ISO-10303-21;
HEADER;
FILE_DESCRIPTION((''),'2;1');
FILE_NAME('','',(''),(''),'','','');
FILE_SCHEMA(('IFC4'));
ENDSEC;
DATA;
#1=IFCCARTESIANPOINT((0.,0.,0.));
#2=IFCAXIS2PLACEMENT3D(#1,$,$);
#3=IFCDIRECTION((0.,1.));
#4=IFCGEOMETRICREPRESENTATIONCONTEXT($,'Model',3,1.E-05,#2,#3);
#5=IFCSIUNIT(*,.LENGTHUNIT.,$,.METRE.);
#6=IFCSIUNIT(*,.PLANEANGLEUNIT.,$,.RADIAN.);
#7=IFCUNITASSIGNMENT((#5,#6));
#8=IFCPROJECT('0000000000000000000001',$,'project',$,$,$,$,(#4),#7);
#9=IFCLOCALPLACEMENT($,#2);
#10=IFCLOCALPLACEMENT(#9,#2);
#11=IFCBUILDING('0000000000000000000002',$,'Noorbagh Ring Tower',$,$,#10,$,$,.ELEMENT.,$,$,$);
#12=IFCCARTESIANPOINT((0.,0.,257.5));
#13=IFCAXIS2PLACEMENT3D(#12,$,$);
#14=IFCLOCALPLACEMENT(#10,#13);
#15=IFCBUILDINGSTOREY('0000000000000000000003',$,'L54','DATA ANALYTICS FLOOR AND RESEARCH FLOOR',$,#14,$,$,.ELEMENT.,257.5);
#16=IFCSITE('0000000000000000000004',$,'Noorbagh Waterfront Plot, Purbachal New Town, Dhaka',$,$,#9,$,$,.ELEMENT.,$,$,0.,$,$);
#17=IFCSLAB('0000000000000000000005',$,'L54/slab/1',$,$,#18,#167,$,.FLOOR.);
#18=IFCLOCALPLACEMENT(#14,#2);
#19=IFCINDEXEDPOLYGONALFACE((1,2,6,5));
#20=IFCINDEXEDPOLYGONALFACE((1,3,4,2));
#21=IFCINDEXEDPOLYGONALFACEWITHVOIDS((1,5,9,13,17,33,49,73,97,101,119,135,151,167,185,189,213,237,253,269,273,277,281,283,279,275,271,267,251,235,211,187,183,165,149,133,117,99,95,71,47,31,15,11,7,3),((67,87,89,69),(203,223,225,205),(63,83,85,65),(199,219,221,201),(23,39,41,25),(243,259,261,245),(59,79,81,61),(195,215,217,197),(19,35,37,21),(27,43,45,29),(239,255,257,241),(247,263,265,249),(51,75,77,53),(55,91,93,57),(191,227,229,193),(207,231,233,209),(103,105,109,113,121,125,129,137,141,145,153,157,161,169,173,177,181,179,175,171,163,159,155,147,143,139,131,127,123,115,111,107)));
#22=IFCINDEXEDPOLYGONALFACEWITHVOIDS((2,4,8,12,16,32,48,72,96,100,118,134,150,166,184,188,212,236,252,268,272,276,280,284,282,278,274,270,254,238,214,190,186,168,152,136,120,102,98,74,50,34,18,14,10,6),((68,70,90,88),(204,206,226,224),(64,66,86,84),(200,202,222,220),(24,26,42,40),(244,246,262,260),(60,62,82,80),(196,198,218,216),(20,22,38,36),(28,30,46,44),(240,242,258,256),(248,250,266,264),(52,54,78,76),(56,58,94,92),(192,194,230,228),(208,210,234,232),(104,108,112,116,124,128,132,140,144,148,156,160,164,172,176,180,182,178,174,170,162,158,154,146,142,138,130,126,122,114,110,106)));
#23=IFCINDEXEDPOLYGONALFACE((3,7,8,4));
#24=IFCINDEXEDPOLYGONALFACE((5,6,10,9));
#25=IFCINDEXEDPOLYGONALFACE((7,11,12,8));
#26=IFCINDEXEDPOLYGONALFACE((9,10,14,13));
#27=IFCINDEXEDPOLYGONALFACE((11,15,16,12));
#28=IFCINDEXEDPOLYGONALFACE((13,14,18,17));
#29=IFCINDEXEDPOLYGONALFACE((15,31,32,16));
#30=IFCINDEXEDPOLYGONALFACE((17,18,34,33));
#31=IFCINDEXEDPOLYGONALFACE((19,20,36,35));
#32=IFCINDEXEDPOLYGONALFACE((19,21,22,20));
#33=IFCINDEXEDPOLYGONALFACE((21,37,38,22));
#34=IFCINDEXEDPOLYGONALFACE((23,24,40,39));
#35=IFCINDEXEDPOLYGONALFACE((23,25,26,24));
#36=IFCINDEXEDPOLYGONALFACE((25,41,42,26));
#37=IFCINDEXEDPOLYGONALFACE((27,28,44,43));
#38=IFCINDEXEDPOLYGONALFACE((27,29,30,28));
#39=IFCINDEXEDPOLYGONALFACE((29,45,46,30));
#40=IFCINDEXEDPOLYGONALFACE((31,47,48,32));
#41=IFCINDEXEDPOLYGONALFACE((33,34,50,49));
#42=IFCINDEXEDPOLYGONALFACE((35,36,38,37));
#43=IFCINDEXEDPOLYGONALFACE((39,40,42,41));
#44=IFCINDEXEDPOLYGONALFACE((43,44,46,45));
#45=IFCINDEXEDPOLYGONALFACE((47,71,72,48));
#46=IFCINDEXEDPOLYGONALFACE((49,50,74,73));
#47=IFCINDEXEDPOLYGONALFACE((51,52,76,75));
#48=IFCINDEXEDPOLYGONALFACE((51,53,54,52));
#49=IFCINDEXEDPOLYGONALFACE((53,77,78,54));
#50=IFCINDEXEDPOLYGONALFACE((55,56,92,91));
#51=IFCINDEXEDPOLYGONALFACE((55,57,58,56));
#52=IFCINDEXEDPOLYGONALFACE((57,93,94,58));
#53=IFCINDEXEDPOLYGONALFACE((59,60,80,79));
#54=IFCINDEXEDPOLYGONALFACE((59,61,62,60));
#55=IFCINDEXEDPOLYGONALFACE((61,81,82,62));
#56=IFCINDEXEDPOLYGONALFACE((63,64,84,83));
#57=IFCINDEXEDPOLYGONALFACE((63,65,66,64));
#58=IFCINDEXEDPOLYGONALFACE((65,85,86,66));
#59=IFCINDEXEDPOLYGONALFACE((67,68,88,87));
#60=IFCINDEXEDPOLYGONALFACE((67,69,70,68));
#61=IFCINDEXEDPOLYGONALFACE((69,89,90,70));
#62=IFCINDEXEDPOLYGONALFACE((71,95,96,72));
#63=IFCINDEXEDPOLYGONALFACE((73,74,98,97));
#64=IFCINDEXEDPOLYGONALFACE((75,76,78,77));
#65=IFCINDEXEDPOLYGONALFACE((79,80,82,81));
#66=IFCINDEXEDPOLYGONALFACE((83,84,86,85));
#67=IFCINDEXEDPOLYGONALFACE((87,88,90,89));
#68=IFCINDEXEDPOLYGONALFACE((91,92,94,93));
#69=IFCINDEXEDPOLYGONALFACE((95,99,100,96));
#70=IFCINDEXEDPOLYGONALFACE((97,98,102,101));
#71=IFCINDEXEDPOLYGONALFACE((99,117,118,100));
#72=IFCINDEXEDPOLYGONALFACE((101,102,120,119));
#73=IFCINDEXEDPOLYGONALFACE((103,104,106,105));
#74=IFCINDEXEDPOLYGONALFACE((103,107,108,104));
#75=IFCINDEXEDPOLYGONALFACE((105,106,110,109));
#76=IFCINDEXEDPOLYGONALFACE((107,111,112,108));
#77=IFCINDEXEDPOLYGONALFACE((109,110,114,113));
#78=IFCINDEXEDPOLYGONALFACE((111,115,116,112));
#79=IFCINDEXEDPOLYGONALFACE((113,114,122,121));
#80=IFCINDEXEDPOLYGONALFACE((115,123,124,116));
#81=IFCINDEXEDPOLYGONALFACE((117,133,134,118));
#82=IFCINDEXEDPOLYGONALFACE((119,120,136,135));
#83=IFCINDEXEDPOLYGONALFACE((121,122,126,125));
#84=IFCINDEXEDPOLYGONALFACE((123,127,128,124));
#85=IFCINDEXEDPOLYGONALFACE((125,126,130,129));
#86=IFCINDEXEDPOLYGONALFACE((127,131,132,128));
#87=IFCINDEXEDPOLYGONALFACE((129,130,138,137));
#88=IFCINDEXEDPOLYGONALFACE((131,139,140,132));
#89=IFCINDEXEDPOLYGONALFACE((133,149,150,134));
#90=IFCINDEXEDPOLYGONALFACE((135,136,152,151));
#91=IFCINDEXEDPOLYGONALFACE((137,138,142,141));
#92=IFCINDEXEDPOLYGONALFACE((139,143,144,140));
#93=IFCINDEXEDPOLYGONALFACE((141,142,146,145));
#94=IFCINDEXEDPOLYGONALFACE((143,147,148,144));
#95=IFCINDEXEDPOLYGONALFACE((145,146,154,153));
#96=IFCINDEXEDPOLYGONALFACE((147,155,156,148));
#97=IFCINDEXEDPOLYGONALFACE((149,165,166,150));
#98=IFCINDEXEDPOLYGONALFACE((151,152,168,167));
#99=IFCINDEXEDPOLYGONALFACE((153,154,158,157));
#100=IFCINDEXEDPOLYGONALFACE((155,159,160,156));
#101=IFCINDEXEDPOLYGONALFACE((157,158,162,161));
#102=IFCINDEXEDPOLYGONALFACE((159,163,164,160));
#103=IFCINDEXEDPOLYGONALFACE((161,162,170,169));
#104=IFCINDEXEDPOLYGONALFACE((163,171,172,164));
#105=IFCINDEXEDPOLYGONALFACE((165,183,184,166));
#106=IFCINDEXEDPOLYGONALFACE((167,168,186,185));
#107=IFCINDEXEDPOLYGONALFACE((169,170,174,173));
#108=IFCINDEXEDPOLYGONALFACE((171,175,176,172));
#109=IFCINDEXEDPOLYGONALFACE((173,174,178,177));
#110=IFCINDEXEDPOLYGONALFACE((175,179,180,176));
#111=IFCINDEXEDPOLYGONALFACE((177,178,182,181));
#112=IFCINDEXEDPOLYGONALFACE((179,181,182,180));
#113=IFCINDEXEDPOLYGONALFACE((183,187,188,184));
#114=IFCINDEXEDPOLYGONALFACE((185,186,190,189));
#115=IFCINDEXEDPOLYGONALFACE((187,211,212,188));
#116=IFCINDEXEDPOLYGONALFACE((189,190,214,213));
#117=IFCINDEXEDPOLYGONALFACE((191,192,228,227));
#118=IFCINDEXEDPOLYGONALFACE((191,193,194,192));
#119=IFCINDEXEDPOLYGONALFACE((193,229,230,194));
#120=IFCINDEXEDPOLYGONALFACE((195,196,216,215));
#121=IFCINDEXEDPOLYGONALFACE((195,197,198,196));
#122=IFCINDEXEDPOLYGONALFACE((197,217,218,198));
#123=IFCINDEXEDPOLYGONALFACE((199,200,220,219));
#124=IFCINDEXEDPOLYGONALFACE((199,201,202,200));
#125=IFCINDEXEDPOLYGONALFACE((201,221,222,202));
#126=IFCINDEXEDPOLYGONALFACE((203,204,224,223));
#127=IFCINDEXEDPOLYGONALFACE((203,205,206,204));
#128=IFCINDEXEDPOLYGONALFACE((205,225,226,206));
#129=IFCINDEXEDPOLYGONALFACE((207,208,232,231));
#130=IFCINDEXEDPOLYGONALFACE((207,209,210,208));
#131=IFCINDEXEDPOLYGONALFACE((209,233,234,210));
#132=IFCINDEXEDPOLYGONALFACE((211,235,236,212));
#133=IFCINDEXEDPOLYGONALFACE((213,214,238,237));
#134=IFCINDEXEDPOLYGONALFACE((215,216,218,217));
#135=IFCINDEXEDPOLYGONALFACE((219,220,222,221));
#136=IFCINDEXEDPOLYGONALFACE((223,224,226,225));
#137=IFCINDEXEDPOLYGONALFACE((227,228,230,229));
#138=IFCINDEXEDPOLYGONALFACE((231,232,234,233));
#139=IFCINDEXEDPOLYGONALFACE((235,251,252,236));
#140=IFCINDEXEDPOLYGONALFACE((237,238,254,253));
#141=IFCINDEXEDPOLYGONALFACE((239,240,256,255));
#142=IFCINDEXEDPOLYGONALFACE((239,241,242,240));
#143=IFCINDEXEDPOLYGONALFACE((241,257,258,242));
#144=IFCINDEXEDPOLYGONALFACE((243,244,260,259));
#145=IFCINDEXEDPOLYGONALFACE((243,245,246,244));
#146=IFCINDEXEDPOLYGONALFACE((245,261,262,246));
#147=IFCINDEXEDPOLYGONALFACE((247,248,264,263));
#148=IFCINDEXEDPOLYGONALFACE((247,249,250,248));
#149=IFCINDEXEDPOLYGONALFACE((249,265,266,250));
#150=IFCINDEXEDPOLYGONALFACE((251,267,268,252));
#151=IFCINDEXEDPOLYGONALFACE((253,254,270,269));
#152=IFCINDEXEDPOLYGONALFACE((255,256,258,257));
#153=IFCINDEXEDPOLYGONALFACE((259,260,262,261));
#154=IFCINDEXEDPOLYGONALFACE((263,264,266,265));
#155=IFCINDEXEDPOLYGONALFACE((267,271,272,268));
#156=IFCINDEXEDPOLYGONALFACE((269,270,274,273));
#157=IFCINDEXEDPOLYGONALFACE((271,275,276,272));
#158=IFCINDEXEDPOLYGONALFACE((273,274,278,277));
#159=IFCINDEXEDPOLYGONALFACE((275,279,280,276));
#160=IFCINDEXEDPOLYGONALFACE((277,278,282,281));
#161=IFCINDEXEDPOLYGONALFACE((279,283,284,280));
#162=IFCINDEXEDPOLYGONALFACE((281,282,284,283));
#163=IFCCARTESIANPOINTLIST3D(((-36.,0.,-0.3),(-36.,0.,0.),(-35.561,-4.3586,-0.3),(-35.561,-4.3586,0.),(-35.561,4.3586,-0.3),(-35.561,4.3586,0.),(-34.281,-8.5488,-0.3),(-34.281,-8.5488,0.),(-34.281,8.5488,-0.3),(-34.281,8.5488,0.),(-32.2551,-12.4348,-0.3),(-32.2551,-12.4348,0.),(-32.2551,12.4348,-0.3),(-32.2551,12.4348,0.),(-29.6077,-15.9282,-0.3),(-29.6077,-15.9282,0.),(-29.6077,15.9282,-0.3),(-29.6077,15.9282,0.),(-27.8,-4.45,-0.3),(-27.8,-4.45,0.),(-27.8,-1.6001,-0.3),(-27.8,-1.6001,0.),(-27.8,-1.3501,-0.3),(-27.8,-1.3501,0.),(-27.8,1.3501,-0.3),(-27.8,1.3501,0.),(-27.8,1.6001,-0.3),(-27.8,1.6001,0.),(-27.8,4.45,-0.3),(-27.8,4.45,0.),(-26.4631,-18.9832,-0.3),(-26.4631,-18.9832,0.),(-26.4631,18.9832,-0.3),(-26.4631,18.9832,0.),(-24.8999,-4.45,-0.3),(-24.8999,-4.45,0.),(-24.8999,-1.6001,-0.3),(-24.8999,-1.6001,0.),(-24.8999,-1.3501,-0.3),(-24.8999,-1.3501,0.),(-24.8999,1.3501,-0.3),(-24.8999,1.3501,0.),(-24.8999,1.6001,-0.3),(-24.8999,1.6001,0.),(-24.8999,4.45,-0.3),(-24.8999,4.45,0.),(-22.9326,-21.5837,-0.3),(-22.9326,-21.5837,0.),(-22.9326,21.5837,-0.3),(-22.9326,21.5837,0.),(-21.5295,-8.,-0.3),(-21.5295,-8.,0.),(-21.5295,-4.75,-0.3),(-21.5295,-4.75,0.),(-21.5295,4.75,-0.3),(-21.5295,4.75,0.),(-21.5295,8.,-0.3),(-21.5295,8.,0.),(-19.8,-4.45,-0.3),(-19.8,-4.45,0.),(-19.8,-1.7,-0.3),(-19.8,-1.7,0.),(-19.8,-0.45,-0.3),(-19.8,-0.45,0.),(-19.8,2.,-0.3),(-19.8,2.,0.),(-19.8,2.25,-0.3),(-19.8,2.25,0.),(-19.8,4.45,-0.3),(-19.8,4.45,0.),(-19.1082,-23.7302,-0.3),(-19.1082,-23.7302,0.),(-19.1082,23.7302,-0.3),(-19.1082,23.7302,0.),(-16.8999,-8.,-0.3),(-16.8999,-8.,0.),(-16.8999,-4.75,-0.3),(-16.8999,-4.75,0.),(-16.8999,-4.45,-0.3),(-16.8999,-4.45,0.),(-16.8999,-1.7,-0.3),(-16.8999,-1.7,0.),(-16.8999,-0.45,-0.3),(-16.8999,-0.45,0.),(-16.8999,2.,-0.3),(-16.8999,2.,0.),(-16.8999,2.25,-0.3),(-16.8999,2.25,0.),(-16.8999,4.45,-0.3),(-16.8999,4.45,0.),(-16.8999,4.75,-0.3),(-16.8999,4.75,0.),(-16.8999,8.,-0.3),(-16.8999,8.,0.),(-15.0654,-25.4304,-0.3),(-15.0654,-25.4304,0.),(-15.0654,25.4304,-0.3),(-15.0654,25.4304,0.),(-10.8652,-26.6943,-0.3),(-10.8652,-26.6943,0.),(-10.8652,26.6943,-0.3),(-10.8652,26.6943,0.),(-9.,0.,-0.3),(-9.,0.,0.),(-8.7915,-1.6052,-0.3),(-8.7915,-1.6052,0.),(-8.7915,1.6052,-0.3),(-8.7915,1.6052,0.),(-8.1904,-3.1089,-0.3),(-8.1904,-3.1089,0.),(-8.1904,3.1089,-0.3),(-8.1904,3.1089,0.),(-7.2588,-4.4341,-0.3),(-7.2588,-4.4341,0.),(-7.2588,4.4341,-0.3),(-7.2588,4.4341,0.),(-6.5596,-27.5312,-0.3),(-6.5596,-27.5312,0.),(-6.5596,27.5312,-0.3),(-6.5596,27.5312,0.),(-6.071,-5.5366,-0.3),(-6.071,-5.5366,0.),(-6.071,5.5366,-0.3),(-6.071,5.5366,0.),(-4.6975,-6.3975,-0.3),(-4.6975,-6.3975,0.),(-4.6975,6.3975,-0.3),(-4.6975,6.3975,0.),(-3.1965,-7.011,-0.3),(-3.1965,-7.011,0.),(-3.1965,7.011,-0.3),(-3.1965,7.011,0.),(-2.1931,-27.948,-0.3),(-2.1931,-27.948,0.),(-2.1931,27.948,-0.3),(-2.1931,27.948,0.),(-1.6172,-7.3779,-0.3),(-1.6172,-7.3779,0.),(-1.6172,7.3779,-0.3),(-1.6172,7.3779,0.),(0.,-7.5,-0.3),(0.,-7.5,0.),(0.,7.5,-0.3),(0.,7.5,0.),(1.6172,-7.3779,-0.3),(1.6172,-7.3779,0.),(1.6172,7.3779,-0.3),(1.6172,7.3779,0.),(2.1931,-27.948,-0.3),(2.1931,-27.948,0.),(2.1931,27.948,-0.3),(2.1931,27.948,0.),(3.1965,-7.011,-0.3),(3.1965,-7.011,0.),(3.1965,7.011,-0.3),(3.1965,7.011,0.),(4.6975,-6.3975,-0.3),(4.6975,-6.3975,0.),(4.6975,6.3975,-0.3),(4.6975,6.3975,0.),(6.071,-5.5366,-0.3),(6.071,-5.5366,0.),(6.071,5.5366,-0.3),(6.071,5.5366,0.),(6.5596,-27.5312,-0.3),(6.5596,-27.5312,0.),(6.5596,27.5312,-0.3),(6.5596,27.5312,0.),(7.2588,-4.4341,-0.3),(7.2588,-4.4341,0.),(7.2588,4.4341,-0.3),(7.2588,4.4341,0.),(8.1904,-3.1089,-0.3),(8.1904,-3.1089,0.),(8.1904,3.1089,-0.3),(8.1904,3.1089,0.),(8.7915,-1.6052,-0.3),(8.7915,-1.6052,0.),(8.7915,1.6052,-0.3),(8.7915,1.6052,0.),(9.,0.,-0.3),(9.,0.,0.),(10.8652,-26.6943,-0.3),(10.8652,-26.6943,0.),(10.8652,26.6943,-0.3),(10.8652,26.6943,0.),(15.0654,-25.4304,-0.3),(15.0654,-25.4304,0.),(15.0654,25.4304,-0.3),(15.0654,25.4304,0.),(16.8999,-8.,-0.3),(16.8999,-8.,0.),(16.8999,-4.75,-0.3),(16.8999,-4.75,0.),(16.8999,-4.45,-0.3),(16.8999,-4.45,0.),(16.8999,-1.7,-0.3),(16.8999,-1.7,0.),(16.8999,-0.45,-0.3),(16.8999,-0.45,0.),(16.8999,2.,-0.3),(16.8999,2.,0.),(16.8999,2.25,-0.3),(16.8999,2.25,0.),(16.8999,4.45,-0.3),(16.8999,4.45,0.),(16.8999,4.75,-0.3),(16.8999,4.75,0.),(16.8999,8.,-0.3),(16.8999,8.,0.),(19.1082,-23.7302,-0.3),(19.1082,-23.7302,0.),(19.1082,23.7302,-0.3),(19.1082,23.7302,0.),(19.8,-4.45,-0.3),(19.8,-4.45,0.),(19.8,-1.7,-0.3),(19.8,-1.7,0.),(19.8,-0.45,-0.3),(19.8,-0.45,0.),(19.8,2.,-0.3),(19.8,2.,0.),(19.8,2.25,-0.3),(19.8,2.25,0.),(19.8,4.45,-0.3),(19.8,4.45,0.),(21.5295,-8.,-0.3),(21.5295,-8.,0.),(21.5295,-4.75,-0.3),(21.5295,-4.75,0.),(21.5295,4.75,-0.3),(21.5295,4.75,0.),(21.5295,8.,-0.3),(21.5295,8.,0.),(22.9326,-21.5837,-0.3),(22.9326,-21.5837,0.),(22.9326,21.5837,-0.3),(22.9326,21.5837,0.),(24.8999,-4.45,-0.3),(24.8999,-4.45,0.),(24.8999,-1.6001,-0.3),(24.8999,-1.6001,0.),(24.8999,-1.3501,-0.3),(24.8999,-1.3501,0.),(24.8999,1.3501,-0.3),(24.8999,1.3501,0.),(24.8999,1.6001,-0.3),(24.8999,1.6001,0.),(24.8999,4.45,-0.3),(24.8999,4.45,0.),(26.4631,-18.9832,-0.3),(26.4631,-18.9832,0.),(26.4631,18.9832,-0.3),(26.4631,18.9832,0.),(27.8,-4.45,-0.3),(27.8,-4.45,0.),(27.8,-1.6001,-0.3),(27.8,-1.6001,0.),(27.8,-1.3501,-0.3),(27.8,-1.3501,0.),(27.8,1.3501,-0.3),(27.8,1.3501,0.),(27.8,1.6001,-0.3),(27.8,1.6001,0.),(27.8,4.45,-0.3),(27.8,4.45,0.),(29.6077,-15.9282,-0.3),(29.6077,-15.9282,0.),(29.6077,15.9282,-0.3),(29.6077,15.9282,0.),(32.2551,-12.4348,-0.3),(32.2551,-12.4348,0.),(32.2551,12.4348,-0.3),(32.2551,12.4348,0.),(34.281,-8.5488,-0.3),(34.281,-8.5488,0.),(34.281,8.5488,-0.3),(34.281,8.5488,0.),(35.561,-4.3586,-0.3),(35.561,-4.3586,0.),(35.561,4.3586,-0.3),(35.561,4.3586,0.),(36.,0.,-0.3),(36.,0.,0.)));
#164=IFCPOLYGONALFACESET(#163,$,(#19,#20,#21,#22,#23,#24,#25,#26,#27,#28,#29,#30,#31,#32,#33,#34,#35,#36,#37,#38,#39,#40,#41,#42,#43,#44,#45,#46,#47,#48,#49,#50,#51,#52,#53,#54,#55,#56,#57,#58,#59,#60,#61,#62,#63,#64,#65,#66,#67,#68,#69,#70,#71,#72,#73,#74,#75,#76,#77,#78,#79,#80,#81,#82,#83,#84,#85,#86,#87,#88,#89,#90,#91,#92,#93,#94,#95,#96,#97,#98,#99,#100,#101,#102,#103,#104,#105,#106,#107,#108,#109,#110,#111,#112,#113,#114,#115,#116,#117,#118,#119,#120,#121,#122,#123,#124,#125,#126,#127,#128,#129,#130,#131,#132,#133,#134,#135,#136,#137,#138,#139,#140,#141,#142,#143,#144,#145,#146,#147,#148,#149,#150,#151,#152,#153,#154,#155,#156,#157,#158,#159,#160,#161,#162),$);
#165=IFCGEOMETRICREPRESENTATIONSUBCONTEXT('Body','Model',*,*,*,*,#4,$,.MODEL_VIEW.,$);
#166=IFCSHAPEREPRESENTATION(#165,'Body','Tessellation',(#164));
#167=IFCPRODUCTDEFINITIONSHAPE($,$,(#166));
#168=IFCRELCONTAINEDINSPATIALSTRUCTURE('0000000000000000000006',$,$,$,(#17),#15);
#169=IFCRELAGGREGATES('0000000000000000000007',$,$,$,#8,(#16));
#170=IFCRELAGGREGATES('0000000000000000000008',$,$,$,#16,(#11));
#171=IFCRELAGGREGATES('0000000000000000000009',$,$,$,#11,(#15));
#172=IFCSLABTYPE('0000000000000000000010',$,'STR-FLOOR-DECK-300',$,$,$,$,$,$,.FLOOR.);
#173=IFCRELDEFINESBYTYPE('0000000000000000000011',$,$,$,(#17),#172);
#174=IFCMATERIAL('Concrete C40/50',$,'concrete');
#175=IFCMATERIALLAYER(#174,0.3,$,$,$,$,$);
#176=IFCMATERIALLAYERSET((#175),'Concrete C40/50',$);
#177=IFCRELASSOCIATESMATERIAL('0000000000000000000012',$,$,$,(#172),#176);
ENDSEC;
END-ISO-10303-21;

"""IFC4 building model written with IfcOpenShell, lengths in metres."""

from ifc_helpers import new_model, si_unit, direction, frame, origin, place, context, subcontext, project, spatial, polyline, outline, extrude, material, layer, layer_set, type_object, element, save


model = new_model("IFC4")

# Units and contexts
model_context = context("Model", 3, precision=1e-05, world=origin(), true_north=direction((0.0, 1.0)))
body_context = subcontext(model_context, "Body", "Model", "MODEL_VIEW")
ifc_project = project(units=[si_unit("LENGTHUNIT", "METRE"), si_unit("PLANEANGLEUNIT", "RADIAN")], contexts=[model_context])

# Site, building, storey
site_placement = place(None, origin())
site = spatial("IfcSite", under=ifc_project, at=site_placement, Name="Noorbagh Waterfront Plot, Purbachal New Town, Dhaka", CompositionType="ELEMENT", RefElevation=0.0)
building_placement = place(site_placement, origin())
building = spatial("IfcBuilding", under=site, at=building_placement, Name="Noorbagh Ring Tower", CompositionType="ELEMENT")
storey_placement = place(building_placement, frame((0.0, 0.0, 257.5)))
storey = spatial("IfcBuildingStorey", under=building, at=storey_placement, Name="L54", Description="DATA ANALYTICS FLOOR AND RESEARCH FLOOR", CompositionType="ELEMENT", Elevation=257.5)

# Slab
ifc_material_1 = material(Name="Concrete C40/50", Category="concrete")
ifc_layer_1 = layer(ifc_material_1, 0.3)
ifc_layer_set_1 = layer_set([ifc_layer_1], Name="Concrete C40/50")
slab_type_1 = type_object("IfcSlabType", Name="STR-FLOOR-DECK-300", PredefinedType="FLOOR", material=ifc_layer_set_1)
slab_1_placement = place(storey_placement, frame((0.0, 0.0, -0.3)))
element("IfcSlab", 1, at=slab_1_placement, inside=storey, type_object=slab_type_1, Name="L54/slab/1", PredefinedType="FLOOR", context=body_context, shape_type="SweptSolid", body=[
    extrude(outline(polyline([(36.0, 0.0), (35.561, 4.3586), (34.281, 8.5488), (32.2551, 12.4348), (29.6077, 15.9282), (26.4631, 18.9832), (22.9326, 21.5837), (19.1082, 23.7302), (15.0654, 25.4304), (10.8652, 26.6943), (6.5596, 27.5312), (2.1931, 27.948), (-2.1931, 27.948), (-6.5596, 27.5312), (-10.8652, 26.6943), (-15.0654, 25.4304), (-19.1082, 23.7302), (-22.9326, 21.5837), (-26.4631, 18.9832), (-29.6077, 15.9282), (-32.2551, 12.4348), (-34.281, 8.5488), (-35.561, 4.3586), (-36.0, 0.0), (-35.561, -4.3586), (-34.281, -8.5488), (-32.2551, -12.4348), (-29.6077, -15.9282), (-26.4631, -18.9832), (-22.9326, -21.5837), (-19.1082, -23.7302), (-15.0654, -25.4304), (-10.8652, -26.6943), (-6.5596, -27.5312), (-2.1931, -27.948), (2.1931, -27.948), (6.5596, -27.5312), (10.8652, -26.6943), (15.0654, -25.4304), (19.1082, -23.7302), (22.9326, -21.5837), (26.4631, -18.9832), (29.6077, -15.9282), (32.2551, -12.4348), (34.281, -8.5488), (35.561, -4.3586), (36.0, 0.0)]), holes=[polyline([(24.8999, 4.45), (27.8, 4.45), (27.8, 1.6001), (24.8999, 1.6001), (24.8999, 4.45)]), polyline([(24.8999, 1.3501), (27.8, 1.3501), (27.8, -1.3501), (24.8999, -1.3501), (24.8999, 1.3501)]), polyline([(24.8999, -1.6001), (27.8, -1.6001), (27.8, -4.45), (24.8999, -4.45), (24.8999, -1.6001)]), polyline([(21.5295, -8.0), (16.8999, -8.0), (16.8999, -4.75), (21.5295, -4.75), (21.5295, -8.0)]), polyline([(16.8999, 4.75), (16.8999, 8.0), (21.5295, 8.0), (21.5295, 4.75), (16.8999, 4.75)]), polyline([(19.8, 4.45), (19.8, 2.25), (16.8999, 2.25), (16.8999, 4.45), (19.8, 4.45)]), polyline([(16.8999, 2.0), (19.8, 2.0), (19.8, -0.45), (16.8999, -0.45), (16.8999, 2.0)]), polyline([(16.8999, -1.7), (19.8, -1.7), (19.8, -4.45), (16.8999, -4.45), (16.8999, -1.7)]), polyline([(4.6975, -6.3975), (3.1965, -7.011), (1.6172, -7.3779), (0.0, -7.5), (-1.6172, -7.3779), (-3.1965, -7.011), (-4.6975, -6.3975), (-6.071, -5.5366), (-7.2588, -4.4341), (-8.1904, -3.1089), (-8.7915, -1.6052), (-9.0, 0.0), (-8.7915, 1.6052), (-8.1904, 3.1089), (-7.2588, 4.4341), (-6.071, 5.5366), (-4.6975, 6.3975), (-3.1965, 7.011), (-1.6172, 7.3779), (0.0, 7.5), (1.6172, 7.3779), (3.1965, 7.011), (4.6975, 6.3975), (6.071, 5.5366), (7.2588, 4.4341), (8.1904, 3.1089), (8.7915, 1.6052), (9.0, 0.0), (8.7915, -1.6052), (8.1904, -3.1089), (7.2588, -4.4341), (6.071, -5.5366), (4.6975, -6.3975)]), polyline([(-16.8999, 2.25), (-19.8, 2.25), (-19.8, 4.45), (-16.8999, 4.45), (-16.8999, 2.25)]), polyline([(-16.8999, -0.45), (-19.8, -0.45), (-19.8, 2.0), (-16.8999, 2.0), (-16.8999, -0.45)]), polyline([(-16.8999, -4.45), (-19.8, -4.45), (-19.8, -1.7), (-16.8999, -1.7), (-16.8999, -4.45)]), polyline([(-21.5295, 8.0), (-16.8999, 8.0), (-16.8999, 4.75), (-21.5295, 4.75), (-21.5295, 8.0)]), polyline([(-21.5295, -4.75), (-16.8999, -4.75), (-16.8999, -8.0), (-21.5295, -8.0), (-21.5295, -4.75)]), polyline([(-24.8999, -4.45), (-27.8, -4.45), (-27.8, -1.6001), (-24.8999, -1.6001), (-24.8999, -4.45)]), polyline([(-24.8999, 1.6001), (-27.8, 1.6001), (-27.8, 4.45), (-24.8999, 4.45), (-24.8999, 1.6001)]), polyline([(-24.8999, -1.3501), (-27.8, -1.3501), (-27.8, 1.3501), (-24.8999, 1.3501), (-24.8999, -1.3501)])]), origin(), (0.0, 0.0, 1.0), 0.3),
])

save(model, "model.ifc")
